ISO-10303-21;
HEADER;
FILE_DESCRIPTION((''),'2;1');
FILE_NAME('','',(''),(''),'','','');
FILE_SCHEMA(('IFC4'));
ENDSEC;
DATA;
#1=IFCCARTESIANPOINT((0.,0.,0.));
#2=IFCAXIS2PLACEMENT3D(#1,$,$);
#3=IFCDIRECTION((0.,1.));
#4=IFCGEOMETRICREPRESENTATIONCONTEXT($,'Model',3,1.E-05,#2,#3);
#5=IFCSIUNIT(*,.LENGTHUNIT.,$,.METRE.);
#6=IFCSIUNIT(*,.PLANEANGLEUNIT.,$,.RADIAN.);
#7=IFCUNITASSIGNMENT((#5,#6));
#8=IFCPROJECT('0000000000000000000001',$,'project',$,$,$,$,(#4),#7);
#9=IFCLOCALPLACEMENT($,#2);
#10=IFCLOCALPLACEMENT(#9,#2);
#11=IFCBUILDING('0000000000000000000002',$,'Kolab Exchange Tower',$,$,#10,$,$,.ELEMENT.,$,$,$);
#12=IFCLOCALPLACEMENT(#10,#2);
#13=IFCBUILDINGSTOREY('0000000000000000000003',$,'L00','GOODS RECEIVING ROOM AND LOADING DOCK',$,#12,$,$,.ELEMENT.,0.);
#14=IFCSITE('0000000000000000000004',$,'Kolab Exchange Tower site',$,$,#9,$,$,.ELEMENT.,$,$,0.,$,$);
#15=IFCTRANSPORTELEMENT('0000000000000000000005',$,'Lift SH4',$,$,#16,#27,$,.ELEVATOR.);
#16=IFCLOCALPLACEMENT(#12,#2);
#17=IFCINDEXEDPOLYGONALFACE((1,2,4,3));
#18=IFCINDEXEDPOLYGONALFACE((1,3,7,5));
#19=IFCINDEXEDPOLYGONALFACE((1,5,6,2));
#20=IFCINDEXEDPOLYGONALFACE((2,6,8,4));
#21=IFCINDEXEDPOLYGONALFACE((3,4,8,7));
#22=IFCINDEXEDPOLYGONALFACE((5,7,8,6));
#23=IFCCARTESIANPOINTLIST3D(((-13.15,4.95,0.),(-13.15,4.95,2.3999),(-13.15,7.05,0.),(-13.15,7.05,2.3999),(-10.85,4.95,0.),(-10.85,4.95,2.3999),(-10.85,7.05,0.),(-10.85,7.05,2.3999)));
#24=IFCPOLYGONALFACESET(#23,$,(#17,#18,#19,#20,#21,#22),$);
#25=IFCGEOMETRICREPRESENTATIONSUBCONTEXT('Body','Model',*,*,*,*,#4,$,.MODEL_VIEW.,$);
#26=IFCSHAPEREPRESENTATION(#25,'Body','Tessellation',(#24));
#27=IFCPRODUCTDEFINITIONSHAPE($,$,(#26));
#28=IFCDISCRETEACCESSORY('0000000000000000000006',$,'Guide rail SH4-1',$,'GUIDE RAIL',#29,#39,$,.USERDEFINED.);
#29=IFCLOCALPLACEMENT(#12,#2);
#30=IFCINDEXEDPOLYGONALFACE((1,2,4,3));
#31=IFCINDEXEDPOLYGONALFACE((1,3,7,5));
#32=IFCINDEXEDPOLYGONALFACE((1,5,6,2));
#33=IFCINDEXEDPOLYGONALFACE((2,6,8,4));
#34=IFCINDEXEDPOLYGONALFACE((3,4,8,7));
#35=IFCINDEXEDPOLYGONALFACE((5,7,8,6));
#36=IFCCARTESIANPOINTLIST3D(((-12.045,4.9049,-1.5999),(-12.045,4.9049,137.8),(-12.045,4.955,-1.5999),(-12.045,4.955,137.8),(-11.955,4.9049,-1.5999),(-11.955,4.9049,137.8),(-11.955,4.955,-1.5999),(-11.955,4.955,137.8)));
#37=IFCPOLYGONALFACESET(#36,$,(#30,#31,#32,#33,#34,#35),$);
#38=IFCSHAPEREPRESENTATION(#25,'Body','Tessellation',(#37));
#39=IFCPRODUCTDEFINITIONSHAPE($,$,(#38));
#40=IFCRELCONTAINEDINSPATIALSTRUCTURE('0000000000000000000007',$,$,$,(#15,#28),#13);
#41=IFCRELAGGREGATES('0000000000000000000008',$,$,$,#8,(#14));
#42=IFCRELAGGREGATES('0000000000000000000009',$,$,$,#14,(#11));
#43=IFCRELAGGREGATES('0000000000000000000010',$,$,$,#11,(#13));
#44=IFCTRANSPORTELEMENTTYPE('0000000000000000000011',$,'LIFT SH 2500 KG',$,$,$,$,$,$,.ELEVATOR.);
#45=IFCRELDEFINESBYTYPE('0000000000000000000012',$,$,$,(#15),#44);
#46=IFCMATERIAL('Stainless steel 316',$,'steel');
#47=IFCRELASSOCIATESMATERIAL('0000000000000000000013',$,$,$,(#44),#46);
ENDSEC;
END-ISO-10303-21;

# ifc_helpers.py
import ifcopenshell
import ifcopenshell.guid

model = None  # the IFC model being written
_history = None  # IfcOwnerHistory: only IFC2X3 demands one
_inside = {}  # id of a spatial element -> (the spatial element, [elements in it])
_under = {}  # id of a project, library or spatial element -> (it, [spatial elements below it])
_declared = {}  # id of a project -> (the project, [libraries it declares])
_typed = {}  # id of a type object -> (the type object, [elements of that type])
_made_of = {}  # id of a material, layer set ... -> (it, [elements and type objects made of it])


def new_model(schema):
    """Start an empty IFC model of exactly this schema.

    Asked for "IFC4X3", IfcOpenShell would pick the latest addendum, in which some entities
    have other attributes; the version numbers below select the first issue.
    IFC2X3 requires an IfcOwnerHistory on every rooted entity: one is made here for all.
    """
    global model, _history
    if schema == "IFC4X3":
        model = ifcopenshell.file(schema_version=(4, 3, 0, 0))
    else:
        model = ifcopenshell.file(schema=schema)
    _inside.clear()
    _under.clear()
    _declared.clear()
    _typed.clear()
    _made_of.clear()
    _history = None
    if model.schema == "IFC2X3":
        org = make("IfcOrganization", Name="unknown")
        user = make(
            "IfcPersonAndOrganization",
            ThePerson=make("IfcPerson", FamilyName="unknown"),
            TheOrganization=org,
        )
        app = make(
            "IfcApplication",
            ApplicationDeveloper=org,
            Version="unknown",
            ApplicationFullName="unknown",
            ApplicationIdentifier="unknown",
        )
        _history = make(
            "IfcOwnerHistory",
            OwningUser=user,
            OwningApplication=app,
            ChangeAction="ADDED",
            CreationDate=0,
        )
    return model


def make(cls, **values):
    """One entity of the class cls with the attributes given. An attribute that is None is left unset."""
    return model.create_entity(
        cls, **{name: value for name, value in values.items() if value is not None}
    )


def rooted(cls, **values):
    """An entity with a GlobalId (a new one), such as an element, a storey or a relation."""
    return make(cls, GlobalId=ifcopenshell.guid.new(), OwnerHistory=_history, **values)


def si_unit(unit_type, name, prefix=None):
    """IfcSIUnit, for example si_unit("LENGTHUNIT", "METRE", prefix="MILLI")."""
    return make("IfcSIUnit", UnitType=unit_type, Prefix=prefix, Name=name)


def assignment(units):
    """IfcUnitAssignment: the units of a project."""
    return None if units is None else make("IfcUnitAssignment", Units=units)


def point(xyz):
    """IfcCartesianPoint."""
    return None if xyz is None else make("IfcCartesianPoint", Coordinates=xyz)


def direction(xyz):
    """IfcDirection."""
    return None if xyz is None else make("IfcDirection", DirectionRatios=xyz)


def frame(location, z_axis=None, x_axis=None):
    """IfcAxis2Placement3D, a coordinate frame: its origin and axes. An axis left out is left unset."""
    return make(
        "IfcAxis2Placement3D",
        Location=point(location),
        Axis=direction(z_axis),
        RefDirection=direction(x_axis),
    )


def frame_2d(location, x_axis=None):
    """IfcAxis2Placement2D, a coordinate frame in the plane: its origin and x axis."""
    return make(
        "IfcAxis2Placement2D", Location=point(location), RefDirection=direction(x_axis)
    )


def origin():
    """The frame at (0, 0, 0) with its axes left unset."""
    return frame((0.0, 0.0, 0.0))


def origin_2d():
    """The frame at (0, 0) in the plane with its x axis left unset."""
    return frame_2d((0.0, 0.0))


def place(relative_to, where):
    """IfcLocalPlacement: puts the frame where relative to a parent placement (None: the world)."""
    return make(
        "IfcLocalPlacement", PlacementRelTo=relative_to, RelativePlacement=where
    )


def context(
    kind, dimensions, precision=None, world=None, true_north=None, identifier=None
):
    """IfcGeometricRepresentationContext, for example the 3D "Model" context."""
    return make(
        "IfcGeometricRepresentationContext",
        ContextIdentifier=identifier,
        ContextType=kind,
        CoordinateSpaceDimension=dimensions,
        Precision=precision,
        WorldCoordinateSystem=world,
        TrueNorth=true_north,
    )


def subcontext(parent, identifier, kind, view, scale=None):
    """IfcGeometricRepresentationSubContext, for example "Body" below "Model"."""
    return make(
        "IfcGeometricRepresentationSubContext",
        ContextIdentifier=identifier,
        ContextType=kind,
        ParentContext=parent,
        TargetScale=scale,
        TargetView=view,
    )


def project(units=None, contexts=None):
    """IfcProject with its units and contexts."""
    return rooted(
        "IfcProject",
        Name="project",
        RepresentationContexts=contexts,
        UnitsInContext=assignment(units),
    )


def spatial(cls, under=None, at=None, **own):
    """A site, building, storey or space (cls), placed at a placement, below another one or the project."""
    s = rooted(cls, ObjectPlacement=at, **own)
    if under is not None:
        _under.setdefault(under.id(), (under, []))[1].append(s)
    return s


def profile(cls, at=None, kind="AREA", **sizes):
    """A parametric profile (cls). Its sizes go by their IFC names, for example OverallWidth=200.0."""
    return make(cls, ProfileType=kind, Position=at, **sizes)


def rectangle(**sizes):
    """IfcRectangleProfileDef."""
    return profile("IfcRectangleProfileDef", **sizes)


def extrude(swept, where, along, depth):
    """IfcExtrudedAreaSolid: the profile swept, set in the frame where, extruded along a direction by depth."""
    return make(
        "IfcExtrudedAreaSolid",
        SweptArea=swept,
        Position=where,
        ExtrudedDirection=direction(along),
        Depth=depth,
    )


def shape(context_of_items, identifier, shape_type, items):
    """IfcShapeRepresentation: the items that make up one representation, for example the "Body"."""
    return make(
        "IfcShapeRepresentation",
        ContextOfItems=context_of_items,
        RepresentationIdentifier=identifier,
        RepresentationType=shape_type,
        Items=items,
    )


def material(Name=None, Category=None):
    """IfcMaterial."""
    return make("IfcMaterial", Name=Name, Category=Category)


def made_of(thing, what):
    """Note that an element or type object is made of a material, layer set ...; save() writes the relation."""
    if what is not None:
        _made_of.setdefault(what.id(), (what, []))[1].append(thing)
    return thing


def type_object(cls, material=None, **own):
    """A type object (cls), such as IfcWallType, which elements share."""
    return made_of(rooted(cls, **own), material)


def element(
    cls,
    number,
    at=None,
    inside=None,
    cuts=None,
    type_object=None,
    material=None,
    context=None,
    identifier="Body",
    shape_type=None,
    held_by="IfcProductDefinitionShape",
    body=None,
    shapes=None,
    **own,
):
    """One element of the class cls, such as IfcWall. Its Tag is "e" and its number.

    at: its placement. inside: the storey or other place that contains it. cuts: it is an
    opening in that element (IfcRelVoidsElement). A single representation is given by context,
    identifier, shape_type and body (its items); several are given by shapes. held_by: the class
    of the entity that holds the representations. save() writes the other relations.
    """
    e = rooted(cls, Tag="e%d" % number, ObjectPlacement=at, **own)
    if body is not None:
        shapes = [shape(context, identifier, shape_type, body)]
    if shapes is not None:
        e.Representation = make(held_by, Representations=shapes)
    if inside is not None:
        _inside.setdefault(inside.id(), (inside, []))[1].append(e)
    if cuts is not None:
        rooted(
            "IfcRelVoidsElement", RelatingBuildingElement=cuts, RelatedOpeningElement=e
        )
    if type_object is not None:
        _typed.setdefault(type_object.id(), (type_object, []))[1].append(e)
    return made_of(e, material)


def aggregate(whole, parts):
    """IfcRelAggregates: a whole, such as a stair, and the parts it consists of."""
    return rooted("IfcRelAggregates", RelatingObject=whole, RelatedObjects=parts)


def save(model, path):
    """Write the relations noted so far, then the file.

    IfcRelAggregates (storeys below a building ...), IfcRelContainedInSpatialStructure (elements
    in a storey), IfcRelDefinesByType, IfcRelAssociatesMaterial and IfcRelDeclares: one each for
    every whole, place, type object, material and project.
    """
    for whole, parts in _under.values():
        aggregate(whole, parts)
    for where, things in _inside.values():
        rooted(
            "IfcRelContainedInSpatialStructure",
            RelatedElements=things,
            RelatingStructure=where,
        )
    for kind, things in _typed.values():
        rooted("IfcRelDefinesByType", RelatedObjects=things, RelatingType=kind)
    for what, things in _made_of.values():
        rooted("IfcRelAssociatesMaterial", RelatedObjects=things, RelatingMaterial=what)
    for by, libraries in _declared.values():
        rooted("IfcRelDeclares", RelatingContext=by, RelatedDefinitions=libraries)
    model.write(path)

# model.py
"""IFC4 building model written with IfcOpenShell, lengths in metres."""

from ifc_helpers import new_model, si_unit, direction, frame, origin, origin_2d, place, context, subcontext, project, spatial, rectangle, extrude, material, type_object, element, save


model = new_model("IFC4")

# Units and contexts
model_context = context("Model", 3, precision=1e-05, world=origin(), true_north=direction((0.0, 1.0)))
body_context = subcontext(model_context, "Body", "Model", "MODEL_VIEW")
ifc_project = project(units=[si_unit("LENGTHUNIT", "METRE"), si_unit("PLANEANGLEUNIT", "RADIAN")], contexts=[model_context])

# Site, building, storey
site_placement = place(None, origin())
site = spatial("IfcSite", under=ifc_project, at=site_placement, Name="Kolab Exchange Tower site", CompositionType="ELEMENT", RefElevation=0.0)
building_placement = place(site_placement, origin())
building = spatial("IfcBuilding", under=site, at=building_placement, Name="Kolab Exchange Tower", CompositionType="ELEMENT")
storey_placement = place(building_placement, origin())
storey = spatial("IfcBuildingStorey", under=building, at=storey_placement, Name="L00", Description="GOODS RECEIVING ROOM AND LOADING DOCK", CompositionType="ELEMENT", Elevation=0.0)

# Shared definitions
ifc_material_1 = material(Name="Stainless steel 316", Category="steel")

# Transport element
transport_element_type = type_object("IfcTransportElementType", Name="LIFT SH 2500 KG", PredefinedType="ELEVATOR", material=ifc_material_1)
transport_element_placement = place(storey_placement, frame((-12.0, 6.0, 0.0), z_axis=(0.0, 0.0, 1.0), x_axis=(1.0, 0.0, 0.0)))
element("IfcTransportElement", 1, at=transport_element_placement, inside=storey, type_object=transport_element_type, Name="Lift SH4", PredefinedType="ELEVATOR", context=body_context, shape_type="SweptSolid", body=[
    extrude(rectangle(XDim=2.3, YDim=2.1001, at=origin_2d()), origin(), (0.0, 0.0, 1.0), 2.3999),
])

# Discrete accessory
discrete_accessory_placement = place(storey_placement, frame((-12.0, 4.9299, -1.5999), z_axis=(0.0, 0.0, 1.0), x_axis=(1.0, 0.0, 0.0)))
element("IfcDiscreteAccessory", 2, at=discrete_accessory_placement, inside=storey, Name="Guide rail SH4-1", ObjectType="GUIDE RAIL", PredefinedType="USERDEFINED", context=body_context, shape_type="SweptSolid", body=[
    extrude(rectangle(XDim=0.0901, YDim=0.05, at=origin_2d()), origin(), (0.0, 0.0, 1.0), 139.3999),
])

save(model, "model.ifc")
